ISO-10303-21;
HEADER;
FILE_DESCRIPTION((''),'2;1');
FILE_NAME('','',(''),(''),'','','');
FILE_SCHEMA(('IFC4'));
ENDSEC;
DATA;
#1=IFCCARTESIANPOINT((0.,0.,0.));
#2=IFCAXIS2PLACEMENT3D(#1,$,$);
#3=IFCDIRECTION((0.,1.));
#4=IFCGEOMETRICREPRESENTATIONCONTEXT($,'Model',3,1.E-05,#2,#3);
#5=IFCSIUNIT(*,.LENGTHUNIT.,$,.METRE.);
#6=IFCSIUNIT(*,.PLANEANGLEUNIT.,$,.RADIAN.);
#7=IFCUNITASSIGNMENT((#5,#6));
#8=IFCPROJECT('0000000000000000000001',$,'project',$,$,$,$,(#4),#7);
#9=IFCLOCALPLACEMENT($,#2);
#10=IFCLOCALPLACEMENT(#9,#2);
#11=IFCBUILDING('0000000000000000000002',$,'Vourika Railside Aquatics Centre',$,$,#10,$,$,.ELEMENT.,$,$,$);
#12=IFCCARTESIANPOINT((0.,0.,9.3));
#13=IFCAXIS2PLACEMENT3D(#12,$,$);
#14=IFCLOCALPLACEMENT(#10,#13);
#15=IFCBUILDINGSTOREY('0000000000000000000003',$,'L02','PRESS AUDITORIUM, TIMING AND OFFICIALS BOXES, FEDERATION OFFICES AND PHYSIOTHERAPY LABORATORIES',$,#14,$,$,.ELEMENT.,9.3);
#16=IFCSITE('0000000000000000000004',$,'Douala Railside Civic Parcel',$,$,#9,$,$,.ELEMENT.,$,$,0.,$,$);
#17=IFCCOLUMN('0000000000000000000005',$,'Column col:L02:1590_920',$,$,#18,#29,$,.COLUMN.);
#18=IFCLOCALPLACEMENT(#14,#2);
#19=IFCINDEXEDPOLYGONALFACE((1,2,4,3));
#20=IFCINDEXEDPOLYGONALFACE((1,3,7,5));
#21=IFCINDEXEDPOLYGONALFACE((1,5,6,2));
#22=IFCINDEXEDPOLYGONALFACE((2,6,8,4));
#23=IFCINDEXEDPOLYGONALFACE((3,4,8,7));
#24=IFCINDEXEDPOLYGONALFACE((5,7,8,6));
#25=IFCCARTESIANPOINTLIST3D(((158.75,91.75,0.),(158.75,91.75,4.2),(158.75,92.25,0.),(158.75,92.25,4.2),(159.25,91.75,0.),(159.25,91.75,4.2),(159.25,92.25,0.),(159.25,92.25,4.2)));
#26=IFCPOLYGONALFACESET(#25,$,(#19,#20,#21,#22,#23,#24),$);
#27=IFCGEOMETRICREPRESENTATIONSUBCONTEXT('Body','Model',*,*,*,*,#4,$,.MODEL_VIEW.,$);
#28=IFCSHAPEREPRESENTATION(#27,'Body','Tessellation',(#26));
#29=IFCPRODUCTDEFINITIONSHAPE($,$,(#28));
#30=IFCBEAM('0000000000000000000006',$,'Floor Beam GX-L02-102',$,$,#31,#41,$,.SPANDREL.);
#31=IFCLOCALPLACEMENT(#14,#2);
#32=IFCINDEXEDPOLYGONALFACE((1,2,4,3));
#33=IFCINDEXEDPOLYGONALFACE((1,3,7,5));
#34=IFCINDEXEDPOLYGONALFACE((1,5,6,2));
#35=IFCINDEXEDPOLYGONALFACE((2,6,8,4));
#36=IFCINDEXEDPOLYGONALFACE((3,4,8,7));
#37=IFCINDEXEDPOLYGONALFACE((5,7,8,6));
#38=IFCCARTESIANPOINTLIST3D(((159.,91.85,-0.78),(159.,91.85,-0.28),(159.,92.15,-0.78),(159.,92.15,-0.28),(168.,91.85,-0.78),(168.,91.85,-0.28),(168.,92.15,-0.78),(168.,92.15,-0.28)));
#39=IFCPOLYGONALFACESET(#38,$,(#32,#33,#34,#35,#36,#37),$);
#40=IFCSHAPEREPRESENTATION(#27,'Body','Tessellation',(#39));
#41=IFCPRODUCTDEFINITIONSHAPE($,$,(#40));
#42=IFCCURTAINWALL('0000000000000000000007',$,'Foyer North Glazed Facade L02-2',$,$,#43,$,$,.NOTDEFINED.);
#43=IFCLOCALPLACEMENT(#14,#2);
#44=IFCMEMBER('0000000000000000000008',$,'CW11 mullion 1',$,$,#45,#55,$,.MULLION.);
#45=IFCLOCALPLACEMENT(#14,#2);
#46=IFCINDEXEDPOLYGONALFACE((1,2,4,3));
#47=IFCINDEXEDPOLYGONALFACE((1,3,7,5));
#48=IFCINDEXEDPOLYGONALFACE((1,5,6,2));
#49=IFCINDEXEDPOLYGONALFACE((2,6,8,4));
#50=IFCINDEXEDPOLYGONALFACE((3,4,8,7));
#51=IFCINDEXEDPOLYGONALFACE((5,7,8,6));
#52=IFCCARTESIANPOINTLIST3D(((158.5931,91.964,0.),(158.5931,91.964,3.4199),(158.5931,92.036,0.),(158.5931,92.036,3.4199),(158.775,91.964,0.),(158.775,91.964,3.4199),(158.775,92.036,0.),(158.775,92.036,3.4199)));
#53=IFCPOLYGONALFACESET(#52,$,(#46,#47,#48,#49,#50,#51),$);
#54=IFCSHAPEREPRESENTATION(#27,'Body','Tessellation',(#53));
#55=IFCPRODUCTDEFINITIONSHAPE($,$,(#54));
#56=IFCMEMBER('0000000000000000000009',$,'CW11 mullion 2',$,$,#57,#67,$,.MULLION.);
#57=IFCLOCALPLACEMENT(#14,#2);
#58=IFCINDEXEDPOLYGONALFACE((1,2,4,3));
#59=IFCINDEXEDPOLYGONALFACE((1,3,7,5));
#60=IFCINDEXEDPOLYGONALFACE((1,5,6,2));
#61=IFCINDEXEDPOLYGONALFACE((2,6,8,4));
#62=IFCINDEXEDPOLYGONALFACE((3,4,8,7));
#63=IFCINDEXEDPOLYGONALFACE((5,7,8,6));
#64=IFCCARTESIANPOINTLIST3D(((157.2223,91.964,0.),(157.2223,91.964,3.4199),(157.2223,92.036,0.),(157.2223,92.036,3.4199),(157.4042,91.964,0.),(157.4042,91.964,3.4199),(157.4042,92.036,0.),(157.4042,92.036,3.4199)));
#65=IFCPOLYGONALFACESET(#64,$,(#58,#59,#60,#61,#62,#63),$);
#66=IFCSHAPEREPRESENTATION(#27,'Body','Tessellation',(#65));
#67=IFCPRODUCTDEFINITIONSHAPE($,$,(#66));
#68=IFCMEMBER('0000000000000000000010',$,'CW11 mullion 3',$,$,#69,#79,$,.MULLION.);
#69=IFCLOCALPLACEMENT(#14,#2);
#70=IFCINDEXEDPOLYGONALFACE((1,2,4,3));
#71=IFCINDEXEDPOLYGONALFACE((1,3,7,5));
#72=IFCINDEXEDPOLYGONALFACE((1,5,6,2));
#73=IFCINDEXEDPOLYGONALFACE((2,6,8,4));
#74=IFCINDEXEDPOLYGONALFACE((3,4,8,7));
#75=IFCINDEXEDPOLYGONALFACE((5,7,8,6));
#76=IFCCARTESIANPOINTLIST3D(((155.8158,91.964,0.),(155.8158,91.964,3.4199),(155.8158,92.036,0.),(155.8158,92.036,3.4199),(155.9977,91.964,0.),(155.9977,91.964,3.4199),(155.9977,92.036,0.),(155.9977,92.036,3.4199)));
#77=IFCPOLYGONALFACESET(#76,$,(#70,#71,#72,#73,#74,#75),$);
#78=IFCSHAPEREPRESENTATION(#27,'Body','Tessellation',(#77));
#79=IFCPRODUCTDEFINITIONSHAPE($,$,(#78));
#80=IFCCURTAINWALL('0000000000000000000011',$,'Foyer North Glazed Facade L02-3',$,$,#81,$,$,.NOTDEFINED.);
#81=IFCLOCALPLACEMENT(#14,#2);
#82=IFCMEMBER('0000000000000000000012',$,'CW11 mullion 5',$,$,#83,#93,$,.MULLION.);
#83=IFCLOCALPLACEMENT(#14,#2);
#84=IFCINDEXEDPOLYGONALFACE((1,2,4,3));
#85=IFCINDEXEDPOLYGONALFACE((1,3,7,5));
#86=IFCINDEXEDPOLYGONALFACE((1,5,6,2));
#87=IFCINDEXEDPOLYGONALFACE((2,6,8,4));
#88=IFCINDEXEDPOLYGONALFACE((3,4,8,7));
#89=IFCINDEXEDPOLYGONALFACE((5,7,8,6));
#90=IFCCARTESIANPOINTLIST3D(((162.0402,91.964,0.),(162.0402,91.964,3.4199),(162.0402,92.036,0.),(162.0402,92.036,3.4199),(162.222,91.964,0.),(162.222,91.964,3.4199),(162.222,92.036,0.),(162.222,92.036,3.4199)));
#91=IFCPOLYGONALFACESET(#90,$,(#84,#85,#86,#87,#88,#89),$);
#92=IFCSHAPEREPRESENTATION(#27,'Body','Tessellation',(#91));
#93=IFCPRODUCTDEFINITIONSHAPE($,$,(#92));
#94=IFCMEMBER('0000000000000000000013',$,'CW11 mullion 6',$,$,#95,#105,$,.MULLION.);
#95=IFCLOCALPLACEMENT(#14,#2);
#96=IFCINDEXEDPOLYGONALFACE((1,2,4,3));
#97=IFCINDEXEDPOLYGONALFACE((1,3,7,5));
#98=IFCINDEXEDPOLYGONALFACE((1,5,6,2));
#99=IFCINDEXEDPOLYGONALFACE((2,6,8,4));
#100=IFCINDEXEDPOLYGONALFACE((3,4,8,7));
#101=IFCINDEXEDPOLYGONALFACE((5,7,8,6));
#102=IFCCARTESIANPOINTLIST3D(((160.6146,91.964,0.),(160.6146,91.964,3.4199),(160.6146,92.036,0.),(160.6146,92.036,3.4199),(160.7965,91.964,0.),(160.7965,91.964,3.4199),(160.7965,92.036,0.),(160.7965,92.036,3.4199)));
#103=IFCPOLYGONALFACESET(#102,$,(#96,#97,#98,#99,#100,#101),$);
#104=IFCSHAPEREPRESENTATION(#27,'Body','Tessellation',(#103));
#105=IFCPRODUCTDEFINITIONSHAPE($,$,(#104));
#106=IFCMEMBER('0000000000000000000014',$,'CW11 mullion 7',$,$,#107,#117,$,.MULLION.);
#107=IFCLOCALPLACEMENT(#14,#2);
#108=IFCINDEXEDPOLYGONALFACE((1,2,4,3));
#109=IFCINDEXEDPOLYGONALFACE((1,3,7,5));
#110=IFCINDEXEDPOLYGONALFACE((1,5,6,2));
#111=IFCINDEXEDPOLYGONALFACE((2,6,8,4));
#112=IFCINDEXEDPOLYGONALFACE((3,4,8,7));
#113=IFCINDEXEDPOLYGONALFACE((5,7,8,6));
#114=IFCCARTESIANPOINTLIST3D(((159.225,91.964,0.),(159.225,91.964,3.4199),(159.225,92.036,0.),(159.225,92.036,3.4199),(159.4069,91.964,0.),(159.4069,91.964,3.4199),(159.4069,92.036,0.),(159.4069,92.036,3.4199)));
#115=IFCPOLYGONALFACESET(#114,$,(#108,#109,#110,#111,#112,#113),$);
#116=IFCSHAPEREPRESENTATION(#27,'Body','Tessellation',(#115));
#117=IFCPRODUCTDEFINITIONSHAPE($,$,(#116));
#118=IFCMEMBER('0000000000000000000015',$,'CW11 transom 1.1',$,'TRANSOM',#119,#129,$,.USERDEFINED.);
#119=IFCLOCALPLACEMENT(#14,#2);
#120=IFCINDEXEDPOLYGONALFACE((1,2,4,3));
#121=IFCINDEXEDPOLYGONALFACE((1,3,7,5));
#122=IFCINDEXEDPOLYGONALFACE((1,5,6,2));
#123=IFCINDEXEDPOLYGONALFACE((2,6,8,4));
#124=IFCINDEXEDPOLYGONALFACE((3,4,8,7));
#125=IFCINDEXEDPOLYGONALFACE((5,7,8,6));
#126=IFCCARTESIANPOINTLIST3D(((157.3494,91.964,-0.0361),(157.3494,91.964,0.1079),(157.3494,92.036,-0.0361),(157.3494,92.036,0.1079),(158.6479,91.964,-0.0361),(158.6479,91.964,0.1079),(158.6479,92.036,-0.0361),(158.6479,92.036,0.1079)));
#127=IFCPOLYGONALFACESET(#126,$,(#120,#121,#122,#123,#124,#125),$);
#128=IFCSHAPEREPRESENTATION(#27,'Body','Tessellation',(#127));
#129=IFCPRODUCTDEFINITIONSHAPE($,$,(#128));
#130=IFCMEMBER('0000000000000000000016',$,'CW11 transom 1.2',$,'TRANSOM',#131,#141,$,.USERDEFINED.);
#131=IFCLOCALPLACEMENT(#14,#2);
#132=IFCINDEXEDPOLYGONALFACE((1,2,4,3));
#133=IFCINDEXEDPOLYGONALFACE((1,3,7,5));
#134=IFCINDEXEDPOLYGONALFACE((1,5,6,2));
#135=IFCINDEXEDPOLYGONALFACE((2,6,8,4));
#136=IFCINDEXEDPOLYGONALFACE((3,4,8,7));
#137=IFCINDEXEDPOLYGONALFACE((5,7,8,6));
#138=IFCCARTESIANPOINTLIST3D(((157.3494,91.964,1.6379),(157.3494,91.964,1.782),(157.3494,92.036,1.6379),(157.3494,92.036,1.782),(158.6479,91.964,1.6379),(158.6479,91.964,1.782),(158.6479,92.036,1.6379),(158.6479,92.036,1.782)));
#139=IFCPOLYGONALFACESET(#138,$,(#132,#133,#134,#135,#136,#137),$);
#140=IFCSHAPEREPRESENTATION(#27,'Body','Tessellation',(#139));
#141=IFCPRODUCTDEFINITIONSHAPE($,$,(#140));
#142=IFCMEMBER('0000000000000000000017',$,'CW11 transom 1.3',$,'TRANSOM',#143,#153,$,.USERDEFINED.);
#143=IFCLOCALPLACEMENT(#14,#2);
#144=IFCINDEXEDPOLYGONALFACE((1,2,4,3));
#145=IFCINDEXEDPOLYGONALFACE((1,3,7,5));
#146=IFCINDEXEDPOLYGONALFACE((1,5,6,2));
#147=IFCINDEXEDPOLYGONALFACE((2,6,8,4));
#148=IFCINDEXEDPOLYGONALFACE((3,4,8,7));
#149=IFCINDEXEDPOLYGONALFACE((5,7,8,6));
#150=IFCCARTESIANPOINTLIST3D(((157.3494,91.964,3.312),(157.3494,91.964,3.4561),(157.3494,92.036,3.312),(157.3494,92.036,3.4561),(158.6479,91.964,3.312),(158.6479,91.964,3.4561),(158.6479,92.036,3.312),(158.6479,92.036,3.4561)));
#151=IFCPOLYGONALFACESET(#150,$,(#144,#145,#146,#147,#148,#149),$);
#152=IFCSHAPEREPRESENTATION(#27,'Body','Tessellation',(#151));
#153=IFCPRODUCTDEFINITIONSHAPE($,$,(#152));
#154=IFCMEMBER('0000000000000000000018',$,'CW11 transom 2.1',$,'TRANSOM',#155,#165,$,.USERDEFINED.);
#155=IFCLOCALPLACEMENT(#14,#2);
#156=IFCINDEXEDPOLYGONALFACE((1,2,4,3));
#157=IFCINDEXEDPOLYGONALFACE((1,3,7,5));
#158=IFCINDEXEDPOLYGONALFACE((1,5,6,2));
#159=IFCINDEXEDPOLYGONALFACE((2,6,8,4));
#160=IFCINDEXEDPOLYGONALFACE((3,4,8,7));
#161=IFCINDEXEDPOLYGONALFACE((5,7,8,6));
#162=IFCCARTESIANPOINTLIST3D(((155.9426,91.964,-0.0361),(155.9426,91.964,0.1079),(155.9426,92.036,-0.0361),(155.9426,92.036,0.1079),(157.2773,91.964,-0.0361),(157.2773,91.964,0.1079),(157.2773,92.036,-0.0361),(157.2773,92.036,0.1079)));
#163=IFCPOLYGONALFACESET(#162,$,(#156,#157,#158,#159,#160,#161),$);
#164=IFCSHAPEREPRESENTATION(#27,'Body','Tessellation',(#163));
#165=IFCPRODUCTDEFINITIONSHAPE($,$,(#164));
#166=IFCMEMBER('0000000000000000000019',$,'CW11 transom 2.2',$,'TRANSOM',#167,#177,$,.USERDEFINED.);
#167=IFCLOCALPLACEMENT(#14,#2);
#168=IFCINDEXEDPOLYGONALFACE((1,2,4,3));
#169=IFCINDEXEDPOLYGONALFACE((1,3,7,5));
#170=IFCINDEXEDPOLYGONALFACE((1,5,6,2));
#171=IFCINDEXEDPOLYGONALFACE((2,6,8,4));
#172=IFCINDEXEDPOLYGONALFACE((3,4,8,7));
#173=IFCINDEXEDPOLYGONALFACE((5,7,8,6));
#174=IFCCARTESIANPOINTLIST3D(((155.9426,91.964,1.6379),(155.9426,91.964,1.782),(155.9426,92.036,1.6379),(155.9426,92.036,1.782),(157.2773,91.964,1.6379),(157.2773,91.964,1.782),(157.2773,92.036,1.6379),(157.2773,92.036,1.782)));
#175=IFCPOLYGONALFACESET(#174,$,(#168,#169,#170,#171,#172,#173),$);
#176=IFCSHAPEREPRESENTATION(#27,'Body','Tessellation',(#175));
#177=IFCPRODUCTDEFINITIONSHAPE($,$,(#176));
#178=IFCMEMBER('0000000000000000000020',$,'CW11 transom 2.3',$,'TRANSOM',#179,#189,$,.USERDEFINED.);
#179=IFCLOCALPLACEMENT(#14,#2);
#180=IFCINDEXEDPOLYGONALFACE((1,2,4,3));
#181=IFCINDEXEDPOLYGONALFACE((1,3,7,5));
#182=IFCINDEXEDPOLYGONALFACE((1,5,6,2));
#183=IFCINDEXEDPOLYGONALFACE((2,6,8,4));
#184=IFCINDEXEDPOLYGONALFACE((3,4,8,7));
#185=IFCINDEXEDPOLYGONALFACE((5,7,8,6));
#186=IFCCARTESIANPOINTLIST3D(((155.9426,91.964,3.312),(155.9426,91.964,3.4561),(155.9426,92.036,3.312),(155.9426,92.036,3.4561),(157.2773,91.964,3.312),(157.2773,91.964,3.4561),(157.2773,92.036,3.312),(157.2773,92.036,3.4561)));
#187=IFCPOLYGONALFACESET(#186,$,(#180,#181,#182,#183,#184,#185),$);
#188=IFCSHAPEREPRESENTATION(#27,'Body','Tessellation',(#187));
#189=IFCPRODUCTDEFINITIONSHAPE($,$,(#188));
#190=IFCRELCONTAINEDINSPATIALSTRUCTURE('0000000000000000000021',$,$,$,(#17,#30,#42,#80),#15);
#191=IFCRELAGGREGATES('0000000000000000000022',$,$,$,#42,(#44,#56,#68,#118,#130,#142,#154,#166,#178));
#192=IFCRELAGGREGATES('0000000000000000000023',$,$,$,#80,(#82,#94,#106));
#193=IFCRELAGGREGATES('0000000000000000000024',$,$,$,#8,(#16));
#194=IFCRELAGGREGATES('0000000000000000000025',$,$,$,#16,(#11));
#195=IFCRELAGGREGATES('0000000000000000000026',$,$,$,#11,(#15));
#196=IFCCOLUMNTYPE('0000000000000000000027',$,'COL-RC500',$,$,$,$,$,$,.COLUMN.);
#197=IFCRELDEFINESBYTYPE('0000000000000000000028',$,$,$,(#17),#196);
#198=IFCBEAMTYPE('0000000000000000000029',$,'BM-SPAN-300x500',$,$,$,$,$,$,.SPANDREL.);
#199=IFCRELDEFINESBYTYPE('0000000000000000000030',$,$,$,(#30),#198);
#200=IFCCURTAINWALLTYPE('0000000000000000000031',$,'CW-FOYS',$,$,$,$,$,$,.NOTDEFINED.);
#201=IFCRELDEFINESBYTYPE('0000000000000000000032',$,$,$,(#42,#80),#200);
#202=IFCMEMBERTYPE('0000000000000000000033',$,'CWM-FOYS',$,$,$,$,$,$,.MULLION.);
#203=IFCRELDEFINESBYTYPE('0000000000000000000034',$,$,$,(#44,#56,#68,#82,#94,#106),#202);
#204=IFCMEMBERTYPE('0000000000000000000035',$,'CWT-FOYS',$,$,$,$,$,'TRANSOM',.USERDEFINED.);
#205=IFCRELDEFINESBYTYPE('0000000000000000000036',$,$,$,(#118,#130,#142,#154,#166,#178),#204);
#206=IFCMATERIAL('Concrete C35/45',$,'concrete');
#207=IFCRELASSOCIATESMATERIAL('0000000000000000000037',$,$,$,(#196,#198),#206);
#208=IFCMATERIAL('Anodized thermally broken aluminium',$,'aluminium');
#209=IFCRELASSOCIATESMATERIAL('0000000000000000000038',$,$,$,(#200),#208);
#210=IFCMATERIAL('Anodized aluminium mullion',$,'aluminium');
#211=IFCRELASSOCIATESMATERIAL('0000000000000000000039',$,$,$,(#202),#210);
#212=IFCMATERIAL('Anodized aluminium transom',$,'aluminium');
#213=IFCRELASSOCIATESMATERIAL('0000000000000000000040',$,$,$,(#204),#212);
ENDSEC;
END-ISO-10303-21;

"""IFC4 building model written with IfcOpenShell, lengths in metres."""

from ifc_helpers import new_model, si_unit, direction, frame, origin, origin_2d, place, context, subcontext, project, spatial, rectangle, extrude, material, material_profile, profile_set, type_object, element, aggregate, save


model = new_model("IFC4")

# Units and contexts
model_context = context("Model", 3, precision=1e-05, world=origin(), true_north=direction((0.0, 1.0)))
body_context = subcontext(model_context, "Body", "Model", "MODEL_VIEW")
ifc_project = project(units=[si_unit("LENGTHUNIT", "METRE"), si_unit("PLANEANGLEUNIT", "RADIAN")], contexts=[model_context])

# Site, building, storey
site_placement = place(None, origin())
site = spatial("IfcSite", under=ifc_project, at=site_placement, Name="Douala Railside Civic Parcel", CompositionType="ELEMENT", RefElevation=0.0)
building_placement = place(site_placement, origin())
building = spatial("IfcBuilding", under=site, at=building_placement, Name="Vourika Railside Aquatics Centre", CompositionType="ELEMENT")
storey_placement = place(building_placement, frame((0.0, 0.0, 9.3)))
storey = spatial("IfcBuildingStorey", under=building, at=storey_placement, Name="L02", Description="PRESS AUDITORIUM, TIMING AND OFFICIALS BOXES, FEDERATION OFFICES AND PHYSIOTHERAPY LABORATORIES", CompositionType="ELEMENT", Elevation=9.3)

# Column
ifc_material_1 = material(Name="Concrete C35/45", Category="concrete")
ifc_material_profile_1 = material_profile(ifc_material_1, rectangle(XDim=0.5, YDim=0.5, at=origin_2d()), Name="RC 500x500")
ifc_profile_set_1 = profile_set([ifc_material_profile_1], Name="Concrete C35/45")
column_type = type_object("IfcColumnType", Name="COL-RC500", PredefinedType="COLUMN", material=ifc_profile_set_1)
column_placement = place(storey_placement, frame((159.0, 92.0, 0.0), z_axis=(0.0, 0.0, 1.0), x_axis=(1.0, 0.0, 0.0)))
element("IfcColumn", 1, at=column_placement, inside=storey, type_object=column_type, Name="Column col:L02:1590_920", PredefinedType="COLUMN", context=body_context, shape_type="SweptSolid", body=[
    extrude(rectangle(XDim=0.5, YDim=0.5, at=origin_2d()), origin(), (0.0, 0.0, 1.0), 4.2),
])

# Beam
ifc_material_profile_2 = material_profile(ifc_material_1, rectangle(XDim=0.3, YDim=0.5, at=origin_2d()), Name="RC 300x500")
ifc_profile_set_2 = profile_set([ifc_material_profile_2], Name="Concrete C35/45")
beam_type = type_object("IfcBeamType", Name="BM-SPAN-300x500", PredefinedType="SPANDREL", material=ifc_profile_set_2)
beam_placement = place(storey_placement, frame((159.0, 92.0, -0.53), z_axis=(1.0, 0.0, 0.0), x_axis=(0.0, 1.0, 0.0)))
element("IfcBeam", 2, at=beam_placement, inside=storey, type_object=beam_type, Name="Floor Beam GX-L02-102", PredefinedType="SPANDREL", context=body_context, shape_type="SweptSolid", body=[
    extrude(rectangle(XDim=0.3, YDim=0.5, at=origin_2d()), origin(), (0.0, 0.0, 1.0), 9.0),
])

# Curtain walls, members
ifc_material_2 = material(Name="Anodized thermally broken aluminium", Category="aluminium")
curtain_wall_type = type_object("IfcCurtainWallType", Name="CW-FOYS", PredefinedType="NOTDEFINED", material=ifc_material_2)
curtain_wall_1_placement = place(storey_placement, origin())
curtain_wall_1 = element("IfcCurtainWall", 3, at=curtain_wall_1_placement, inside=storey, type_object=curtain_wall_type, Name="Foyer North Glazed Facade L02-2", PredefinedType="NOTDEFINED")
ifc_material_3 = material(Name="Anodized aluminium mullion", Category="aluminium")
ifc_material_profile_3 = material_profile(ifc_material_3, rectangle(XDim=0.072, YDim=0.1819, at=origin_2d()), Name="ALU-M 72x182")
ifc_profile_set_3 = profile_set([ifc_material_profile_3], Name="Anodized aluminium mullion")
member_type_1 = type_object("IfcMemberType", Name="CWM-FOYS", PredefinedType="MULLION", material=ifc_profile_set_3)
member_1_placement = place(storey_placement, frame((158.6841, 92.0, 0.0), z_axis=(0.0, 0.0, 1.0), x_axis=(0.0, -1.0, 0.0)))
member_1 = element("IfcMember", 4, at=member_1_placement, type_object=member_type_1, Name="CW11 mullion 1", PredefinedType="MULLION", context=body_context, shape_type="SweptSolid", body=[
    extrude(rectangle(XDim=0.072, YDim=0.1819, at=origin_2d()), origin(), (0.0, 0.0, 1.0), 3.4199),
])
member_2_placement = place(storey_placement, frame((157.3132, 92.0, 0.0), z_axis=(0.0, 0.0, 1.0), x_axis=(0.0, -1.0, 0.0)))
member_2 = element("IfcMember", 5, at=member_2_placement, type_object=member_type_1, Name="CW11 mullion 2", PredefinedType="MULLION", context=body_context, shape_type="SweptSolid", body=[
    extrude(rectangle(XDim=0.072, YDim=0.1819, at=origin_2d()), origin(), (0.0, 0.0, 1.0), 3.4199),
])
member_3_placement = place(storey_placement, frame((155.9067, 92.0, 0.0), z_axis=(0.0, 0.0, 1.0), x_axis=(0.0, -1.0, 0.0)))
member_3 = element("IfcMember", 6, at=member_3_placement, type_object=member_type_1, Name="CW11 mullion 3", PredefinedType="MULLION", context=body_context, shape_type="SweptSolid", body=[
    extrude(rectangle(XDim=0.072, YDim=0.1819, at=origin_2d()), origin(), (0.0, 0.0, 1.0), 3.4199),
])
curtain_wall_2_placement = place(storey_placement, origin())
curtain_wall_2 = element("IfcCurtainWall", 7, at=curtain_wall_2_placement, inside=storey, type_object=curtain_wall_type, Name="Foyer North Glazed Facade L02-3", PredefinedType="NOTDEFINED")
member_4_placement = place(storey_placement, frame((162.1311, 92.0, 0.0), z_axis=(0.0, 0.0, 1.0), x_axis=(0.0, -1.0, 0.0)))
member_4 = element("IfcMember", 8, at=member_4_placement, type_object=member_type_1, Name="CW11 mullion 5", PredefinedType="MULLION", context=body_context, shape_type="SweptSolid", body=[
    extrude(rectangle(XDim=0.072, YDim=0.1819, at=origin_2d()), origin(), (0.0, 0.0, 1.0), 3.4199),
])
member_5_placement = place(storey_placement, frame((160.7056, 92.0, 0.0), z_axis=(0.0, 0.0, 1.0), x_axis=(0.0, -1.0, 0.0)))
member_5 = element("IfcMember", 9, at=member_5_placement, type_object=member_type_1, Name="CW11 mullion 6", PredefinedType="MULLION", context=body_context, shape_type="SweptSolid", body=[
    extrude(rectangle(XDim=0.072, YDim=0.1819, at=origin_2d()), origin(), (0.0, 0.0, 1.0), 3.4199),
])
member_6_placement = place(storey_placement, frame((159.3159, 92.0, 0.0), z_axis=(0.0, 0.0, 1.0), x_axis=(0.0, -1.0, 0.0)))
member_6 = element("IfcMember", 10, at=member_6_placement, type_object=member_type_1, Name="CW11 mullion 7", PredefinedType="MULLION", context=body_context, shape_type="SweptSolid", body=[
    extrude(rectangle(XDim=0.072, YDim=0.1819, at=origin_2d()), origin(), (0.0, 0.0, 1.0), 3.4199),
])

# Members
ifc_material_4 = material(Name="Anodized aluminium transom", Category="aluminium")
ifc_material_profile_4 = material_profile(ifc_material_4, rectangle(XDim=0.072, YDim=0.144, at=origin_2d()), Name="ALU-T 72x144")
ifc_profile_set_4 = profile_set([ifc_material_profile_4], Name="Anodized aluminium transom")
member_type_2 = type_object("IfcMemberType", Name="CWT-FOYS", ElementType="TRANSOM", PredefinedType="USERDEFINED", material=ifc_profile_set_4)
member_7_placement = place(storey_placement, frame((158.6479, 92.0, 0.0359), z_axis=(-1.0, 0.0, 0.0), x_axis=(0.0, -1.0, 0.0)))
member_7 = element("IfcMember", 11, at=member_7_placement, type_object=member_type_2, Name="CW11 transom 1.1", ObjectType="TRANSOM", PredefinedType="USERDEFINED", context=body_context, shape_type="SweptSolid", body=[
    extrude(rectangle(XDim=0.072, YDim=0.144, at=origin_2d()), origin(), (0.0, 0.0, 1.0), 1.2986),
])
member_8_placement = place(storey_placement, frame((158.6479, 92.0, 1.71), z_axis=(-1.0, 0.0, 0.0), x_axis=(0.0, -1.0, 0.0)))
member_8 = element("IfcMember", 12, at=member_8_placement, type_object=member_type_2, Name="CW11 transom 1.2", ObjectType="TRANSOM", PredefinedType="USERDEFINED", context=body_context, shape_type="SweptSolid", body=[
    extrude(rectangle(XDim=0.072, YDim=0.144, at=origin_2d()), origin(), (0.0, 0.0, 1.0), 1.2986),
])
member_9_placement = place(storey_placement, frame((158.6479, 92.0, 3.384), z_axis=(-1.0, 0.0, 0.0), x_axis=(0.0, -1.0, 0.0)))
member_9 = element("IfcMember", 13, at=member_9_placement, type_object=member_type_2, Name="CW11 transom 1.3", ObjectType="TRANSOM", PredefinedType="USERDEFINED", context=body_context, shape_type="SweptSolid", body=[
    extrude(rectangle(XDim=0.072, YDim=0.144, at=origin_2d()), origin(), (0.0, 0.0, 1.0), 1.2986),
])
member_10_placement = place(storey_placement, frame((157.2773, 92.0, 0.0359), z_axis=(-1.0, 0.0, 0.0), x_axis=(0.0, -1.0, 0.0)))
member_10 = element("IfcMember", 14, at=member_10_placement, type_object=member_type_2, Name="CW11 transom 2.1", ObjectType="TRANSOM", PredefinedType="USERDEFINED", context=body_context, shape_type="SweptSolid", body=[
    extrude(rectangle(XDim=0.072, YDim=0.144, at=origin_2d()), origin(), (0.0, 0.0, 1.0), 1.3347),
])
member_11_placement = place(storey_placement, frame((157.2773, 92.0, 1.71), z_axis=(-1.0, 0.0, 0.0), x_axis=(0.0, -1.0, 0.0)))
member_11 = element("IfcMember", 15, at=member_11_placement, type_object=member_type_2, Name="CW11 transom 2.2", ObjectType="TRANSOM", PredefinedType="USERDEFINED", context=body_context, shape_type="SweptSolid", body=[
    extrude(rectangle(XDim=0.072, YDim=0.144, at=origin_2d()), origin(), (0.0, 0.0, 1.0), 1.3347),
])
member_12_placement = place(storey_placement, frame((157.2773, 92.0, 3.384), z_axis=(-1.0, 0.0, 0.0), x_axis=(0.0, -1.0, 0.0)))
member_12 = element("IfcMember", 16, at=member_12_placement, type_object=member_type_2, Name="CW11 transom 2.3", ObjectType="TRANSOM", PredefinedType="USERDEFINED", context=body_context, shape_type="SweptSolid", body=[
    extrude(rectangle(XDim=0.072, YDim=0.144, at=origin_2d()), origin(), (0.0, 0.0, 1.0), 1.3347),
])

aggregate(curtain_wall_1, [member_1, member_2, member_3, member_7, member_8, member_9, member_10, member_11, member_12])
aggregate(curtain_wall_2, [member_4, member_5, member_6])

save(model, "model.ifc")
